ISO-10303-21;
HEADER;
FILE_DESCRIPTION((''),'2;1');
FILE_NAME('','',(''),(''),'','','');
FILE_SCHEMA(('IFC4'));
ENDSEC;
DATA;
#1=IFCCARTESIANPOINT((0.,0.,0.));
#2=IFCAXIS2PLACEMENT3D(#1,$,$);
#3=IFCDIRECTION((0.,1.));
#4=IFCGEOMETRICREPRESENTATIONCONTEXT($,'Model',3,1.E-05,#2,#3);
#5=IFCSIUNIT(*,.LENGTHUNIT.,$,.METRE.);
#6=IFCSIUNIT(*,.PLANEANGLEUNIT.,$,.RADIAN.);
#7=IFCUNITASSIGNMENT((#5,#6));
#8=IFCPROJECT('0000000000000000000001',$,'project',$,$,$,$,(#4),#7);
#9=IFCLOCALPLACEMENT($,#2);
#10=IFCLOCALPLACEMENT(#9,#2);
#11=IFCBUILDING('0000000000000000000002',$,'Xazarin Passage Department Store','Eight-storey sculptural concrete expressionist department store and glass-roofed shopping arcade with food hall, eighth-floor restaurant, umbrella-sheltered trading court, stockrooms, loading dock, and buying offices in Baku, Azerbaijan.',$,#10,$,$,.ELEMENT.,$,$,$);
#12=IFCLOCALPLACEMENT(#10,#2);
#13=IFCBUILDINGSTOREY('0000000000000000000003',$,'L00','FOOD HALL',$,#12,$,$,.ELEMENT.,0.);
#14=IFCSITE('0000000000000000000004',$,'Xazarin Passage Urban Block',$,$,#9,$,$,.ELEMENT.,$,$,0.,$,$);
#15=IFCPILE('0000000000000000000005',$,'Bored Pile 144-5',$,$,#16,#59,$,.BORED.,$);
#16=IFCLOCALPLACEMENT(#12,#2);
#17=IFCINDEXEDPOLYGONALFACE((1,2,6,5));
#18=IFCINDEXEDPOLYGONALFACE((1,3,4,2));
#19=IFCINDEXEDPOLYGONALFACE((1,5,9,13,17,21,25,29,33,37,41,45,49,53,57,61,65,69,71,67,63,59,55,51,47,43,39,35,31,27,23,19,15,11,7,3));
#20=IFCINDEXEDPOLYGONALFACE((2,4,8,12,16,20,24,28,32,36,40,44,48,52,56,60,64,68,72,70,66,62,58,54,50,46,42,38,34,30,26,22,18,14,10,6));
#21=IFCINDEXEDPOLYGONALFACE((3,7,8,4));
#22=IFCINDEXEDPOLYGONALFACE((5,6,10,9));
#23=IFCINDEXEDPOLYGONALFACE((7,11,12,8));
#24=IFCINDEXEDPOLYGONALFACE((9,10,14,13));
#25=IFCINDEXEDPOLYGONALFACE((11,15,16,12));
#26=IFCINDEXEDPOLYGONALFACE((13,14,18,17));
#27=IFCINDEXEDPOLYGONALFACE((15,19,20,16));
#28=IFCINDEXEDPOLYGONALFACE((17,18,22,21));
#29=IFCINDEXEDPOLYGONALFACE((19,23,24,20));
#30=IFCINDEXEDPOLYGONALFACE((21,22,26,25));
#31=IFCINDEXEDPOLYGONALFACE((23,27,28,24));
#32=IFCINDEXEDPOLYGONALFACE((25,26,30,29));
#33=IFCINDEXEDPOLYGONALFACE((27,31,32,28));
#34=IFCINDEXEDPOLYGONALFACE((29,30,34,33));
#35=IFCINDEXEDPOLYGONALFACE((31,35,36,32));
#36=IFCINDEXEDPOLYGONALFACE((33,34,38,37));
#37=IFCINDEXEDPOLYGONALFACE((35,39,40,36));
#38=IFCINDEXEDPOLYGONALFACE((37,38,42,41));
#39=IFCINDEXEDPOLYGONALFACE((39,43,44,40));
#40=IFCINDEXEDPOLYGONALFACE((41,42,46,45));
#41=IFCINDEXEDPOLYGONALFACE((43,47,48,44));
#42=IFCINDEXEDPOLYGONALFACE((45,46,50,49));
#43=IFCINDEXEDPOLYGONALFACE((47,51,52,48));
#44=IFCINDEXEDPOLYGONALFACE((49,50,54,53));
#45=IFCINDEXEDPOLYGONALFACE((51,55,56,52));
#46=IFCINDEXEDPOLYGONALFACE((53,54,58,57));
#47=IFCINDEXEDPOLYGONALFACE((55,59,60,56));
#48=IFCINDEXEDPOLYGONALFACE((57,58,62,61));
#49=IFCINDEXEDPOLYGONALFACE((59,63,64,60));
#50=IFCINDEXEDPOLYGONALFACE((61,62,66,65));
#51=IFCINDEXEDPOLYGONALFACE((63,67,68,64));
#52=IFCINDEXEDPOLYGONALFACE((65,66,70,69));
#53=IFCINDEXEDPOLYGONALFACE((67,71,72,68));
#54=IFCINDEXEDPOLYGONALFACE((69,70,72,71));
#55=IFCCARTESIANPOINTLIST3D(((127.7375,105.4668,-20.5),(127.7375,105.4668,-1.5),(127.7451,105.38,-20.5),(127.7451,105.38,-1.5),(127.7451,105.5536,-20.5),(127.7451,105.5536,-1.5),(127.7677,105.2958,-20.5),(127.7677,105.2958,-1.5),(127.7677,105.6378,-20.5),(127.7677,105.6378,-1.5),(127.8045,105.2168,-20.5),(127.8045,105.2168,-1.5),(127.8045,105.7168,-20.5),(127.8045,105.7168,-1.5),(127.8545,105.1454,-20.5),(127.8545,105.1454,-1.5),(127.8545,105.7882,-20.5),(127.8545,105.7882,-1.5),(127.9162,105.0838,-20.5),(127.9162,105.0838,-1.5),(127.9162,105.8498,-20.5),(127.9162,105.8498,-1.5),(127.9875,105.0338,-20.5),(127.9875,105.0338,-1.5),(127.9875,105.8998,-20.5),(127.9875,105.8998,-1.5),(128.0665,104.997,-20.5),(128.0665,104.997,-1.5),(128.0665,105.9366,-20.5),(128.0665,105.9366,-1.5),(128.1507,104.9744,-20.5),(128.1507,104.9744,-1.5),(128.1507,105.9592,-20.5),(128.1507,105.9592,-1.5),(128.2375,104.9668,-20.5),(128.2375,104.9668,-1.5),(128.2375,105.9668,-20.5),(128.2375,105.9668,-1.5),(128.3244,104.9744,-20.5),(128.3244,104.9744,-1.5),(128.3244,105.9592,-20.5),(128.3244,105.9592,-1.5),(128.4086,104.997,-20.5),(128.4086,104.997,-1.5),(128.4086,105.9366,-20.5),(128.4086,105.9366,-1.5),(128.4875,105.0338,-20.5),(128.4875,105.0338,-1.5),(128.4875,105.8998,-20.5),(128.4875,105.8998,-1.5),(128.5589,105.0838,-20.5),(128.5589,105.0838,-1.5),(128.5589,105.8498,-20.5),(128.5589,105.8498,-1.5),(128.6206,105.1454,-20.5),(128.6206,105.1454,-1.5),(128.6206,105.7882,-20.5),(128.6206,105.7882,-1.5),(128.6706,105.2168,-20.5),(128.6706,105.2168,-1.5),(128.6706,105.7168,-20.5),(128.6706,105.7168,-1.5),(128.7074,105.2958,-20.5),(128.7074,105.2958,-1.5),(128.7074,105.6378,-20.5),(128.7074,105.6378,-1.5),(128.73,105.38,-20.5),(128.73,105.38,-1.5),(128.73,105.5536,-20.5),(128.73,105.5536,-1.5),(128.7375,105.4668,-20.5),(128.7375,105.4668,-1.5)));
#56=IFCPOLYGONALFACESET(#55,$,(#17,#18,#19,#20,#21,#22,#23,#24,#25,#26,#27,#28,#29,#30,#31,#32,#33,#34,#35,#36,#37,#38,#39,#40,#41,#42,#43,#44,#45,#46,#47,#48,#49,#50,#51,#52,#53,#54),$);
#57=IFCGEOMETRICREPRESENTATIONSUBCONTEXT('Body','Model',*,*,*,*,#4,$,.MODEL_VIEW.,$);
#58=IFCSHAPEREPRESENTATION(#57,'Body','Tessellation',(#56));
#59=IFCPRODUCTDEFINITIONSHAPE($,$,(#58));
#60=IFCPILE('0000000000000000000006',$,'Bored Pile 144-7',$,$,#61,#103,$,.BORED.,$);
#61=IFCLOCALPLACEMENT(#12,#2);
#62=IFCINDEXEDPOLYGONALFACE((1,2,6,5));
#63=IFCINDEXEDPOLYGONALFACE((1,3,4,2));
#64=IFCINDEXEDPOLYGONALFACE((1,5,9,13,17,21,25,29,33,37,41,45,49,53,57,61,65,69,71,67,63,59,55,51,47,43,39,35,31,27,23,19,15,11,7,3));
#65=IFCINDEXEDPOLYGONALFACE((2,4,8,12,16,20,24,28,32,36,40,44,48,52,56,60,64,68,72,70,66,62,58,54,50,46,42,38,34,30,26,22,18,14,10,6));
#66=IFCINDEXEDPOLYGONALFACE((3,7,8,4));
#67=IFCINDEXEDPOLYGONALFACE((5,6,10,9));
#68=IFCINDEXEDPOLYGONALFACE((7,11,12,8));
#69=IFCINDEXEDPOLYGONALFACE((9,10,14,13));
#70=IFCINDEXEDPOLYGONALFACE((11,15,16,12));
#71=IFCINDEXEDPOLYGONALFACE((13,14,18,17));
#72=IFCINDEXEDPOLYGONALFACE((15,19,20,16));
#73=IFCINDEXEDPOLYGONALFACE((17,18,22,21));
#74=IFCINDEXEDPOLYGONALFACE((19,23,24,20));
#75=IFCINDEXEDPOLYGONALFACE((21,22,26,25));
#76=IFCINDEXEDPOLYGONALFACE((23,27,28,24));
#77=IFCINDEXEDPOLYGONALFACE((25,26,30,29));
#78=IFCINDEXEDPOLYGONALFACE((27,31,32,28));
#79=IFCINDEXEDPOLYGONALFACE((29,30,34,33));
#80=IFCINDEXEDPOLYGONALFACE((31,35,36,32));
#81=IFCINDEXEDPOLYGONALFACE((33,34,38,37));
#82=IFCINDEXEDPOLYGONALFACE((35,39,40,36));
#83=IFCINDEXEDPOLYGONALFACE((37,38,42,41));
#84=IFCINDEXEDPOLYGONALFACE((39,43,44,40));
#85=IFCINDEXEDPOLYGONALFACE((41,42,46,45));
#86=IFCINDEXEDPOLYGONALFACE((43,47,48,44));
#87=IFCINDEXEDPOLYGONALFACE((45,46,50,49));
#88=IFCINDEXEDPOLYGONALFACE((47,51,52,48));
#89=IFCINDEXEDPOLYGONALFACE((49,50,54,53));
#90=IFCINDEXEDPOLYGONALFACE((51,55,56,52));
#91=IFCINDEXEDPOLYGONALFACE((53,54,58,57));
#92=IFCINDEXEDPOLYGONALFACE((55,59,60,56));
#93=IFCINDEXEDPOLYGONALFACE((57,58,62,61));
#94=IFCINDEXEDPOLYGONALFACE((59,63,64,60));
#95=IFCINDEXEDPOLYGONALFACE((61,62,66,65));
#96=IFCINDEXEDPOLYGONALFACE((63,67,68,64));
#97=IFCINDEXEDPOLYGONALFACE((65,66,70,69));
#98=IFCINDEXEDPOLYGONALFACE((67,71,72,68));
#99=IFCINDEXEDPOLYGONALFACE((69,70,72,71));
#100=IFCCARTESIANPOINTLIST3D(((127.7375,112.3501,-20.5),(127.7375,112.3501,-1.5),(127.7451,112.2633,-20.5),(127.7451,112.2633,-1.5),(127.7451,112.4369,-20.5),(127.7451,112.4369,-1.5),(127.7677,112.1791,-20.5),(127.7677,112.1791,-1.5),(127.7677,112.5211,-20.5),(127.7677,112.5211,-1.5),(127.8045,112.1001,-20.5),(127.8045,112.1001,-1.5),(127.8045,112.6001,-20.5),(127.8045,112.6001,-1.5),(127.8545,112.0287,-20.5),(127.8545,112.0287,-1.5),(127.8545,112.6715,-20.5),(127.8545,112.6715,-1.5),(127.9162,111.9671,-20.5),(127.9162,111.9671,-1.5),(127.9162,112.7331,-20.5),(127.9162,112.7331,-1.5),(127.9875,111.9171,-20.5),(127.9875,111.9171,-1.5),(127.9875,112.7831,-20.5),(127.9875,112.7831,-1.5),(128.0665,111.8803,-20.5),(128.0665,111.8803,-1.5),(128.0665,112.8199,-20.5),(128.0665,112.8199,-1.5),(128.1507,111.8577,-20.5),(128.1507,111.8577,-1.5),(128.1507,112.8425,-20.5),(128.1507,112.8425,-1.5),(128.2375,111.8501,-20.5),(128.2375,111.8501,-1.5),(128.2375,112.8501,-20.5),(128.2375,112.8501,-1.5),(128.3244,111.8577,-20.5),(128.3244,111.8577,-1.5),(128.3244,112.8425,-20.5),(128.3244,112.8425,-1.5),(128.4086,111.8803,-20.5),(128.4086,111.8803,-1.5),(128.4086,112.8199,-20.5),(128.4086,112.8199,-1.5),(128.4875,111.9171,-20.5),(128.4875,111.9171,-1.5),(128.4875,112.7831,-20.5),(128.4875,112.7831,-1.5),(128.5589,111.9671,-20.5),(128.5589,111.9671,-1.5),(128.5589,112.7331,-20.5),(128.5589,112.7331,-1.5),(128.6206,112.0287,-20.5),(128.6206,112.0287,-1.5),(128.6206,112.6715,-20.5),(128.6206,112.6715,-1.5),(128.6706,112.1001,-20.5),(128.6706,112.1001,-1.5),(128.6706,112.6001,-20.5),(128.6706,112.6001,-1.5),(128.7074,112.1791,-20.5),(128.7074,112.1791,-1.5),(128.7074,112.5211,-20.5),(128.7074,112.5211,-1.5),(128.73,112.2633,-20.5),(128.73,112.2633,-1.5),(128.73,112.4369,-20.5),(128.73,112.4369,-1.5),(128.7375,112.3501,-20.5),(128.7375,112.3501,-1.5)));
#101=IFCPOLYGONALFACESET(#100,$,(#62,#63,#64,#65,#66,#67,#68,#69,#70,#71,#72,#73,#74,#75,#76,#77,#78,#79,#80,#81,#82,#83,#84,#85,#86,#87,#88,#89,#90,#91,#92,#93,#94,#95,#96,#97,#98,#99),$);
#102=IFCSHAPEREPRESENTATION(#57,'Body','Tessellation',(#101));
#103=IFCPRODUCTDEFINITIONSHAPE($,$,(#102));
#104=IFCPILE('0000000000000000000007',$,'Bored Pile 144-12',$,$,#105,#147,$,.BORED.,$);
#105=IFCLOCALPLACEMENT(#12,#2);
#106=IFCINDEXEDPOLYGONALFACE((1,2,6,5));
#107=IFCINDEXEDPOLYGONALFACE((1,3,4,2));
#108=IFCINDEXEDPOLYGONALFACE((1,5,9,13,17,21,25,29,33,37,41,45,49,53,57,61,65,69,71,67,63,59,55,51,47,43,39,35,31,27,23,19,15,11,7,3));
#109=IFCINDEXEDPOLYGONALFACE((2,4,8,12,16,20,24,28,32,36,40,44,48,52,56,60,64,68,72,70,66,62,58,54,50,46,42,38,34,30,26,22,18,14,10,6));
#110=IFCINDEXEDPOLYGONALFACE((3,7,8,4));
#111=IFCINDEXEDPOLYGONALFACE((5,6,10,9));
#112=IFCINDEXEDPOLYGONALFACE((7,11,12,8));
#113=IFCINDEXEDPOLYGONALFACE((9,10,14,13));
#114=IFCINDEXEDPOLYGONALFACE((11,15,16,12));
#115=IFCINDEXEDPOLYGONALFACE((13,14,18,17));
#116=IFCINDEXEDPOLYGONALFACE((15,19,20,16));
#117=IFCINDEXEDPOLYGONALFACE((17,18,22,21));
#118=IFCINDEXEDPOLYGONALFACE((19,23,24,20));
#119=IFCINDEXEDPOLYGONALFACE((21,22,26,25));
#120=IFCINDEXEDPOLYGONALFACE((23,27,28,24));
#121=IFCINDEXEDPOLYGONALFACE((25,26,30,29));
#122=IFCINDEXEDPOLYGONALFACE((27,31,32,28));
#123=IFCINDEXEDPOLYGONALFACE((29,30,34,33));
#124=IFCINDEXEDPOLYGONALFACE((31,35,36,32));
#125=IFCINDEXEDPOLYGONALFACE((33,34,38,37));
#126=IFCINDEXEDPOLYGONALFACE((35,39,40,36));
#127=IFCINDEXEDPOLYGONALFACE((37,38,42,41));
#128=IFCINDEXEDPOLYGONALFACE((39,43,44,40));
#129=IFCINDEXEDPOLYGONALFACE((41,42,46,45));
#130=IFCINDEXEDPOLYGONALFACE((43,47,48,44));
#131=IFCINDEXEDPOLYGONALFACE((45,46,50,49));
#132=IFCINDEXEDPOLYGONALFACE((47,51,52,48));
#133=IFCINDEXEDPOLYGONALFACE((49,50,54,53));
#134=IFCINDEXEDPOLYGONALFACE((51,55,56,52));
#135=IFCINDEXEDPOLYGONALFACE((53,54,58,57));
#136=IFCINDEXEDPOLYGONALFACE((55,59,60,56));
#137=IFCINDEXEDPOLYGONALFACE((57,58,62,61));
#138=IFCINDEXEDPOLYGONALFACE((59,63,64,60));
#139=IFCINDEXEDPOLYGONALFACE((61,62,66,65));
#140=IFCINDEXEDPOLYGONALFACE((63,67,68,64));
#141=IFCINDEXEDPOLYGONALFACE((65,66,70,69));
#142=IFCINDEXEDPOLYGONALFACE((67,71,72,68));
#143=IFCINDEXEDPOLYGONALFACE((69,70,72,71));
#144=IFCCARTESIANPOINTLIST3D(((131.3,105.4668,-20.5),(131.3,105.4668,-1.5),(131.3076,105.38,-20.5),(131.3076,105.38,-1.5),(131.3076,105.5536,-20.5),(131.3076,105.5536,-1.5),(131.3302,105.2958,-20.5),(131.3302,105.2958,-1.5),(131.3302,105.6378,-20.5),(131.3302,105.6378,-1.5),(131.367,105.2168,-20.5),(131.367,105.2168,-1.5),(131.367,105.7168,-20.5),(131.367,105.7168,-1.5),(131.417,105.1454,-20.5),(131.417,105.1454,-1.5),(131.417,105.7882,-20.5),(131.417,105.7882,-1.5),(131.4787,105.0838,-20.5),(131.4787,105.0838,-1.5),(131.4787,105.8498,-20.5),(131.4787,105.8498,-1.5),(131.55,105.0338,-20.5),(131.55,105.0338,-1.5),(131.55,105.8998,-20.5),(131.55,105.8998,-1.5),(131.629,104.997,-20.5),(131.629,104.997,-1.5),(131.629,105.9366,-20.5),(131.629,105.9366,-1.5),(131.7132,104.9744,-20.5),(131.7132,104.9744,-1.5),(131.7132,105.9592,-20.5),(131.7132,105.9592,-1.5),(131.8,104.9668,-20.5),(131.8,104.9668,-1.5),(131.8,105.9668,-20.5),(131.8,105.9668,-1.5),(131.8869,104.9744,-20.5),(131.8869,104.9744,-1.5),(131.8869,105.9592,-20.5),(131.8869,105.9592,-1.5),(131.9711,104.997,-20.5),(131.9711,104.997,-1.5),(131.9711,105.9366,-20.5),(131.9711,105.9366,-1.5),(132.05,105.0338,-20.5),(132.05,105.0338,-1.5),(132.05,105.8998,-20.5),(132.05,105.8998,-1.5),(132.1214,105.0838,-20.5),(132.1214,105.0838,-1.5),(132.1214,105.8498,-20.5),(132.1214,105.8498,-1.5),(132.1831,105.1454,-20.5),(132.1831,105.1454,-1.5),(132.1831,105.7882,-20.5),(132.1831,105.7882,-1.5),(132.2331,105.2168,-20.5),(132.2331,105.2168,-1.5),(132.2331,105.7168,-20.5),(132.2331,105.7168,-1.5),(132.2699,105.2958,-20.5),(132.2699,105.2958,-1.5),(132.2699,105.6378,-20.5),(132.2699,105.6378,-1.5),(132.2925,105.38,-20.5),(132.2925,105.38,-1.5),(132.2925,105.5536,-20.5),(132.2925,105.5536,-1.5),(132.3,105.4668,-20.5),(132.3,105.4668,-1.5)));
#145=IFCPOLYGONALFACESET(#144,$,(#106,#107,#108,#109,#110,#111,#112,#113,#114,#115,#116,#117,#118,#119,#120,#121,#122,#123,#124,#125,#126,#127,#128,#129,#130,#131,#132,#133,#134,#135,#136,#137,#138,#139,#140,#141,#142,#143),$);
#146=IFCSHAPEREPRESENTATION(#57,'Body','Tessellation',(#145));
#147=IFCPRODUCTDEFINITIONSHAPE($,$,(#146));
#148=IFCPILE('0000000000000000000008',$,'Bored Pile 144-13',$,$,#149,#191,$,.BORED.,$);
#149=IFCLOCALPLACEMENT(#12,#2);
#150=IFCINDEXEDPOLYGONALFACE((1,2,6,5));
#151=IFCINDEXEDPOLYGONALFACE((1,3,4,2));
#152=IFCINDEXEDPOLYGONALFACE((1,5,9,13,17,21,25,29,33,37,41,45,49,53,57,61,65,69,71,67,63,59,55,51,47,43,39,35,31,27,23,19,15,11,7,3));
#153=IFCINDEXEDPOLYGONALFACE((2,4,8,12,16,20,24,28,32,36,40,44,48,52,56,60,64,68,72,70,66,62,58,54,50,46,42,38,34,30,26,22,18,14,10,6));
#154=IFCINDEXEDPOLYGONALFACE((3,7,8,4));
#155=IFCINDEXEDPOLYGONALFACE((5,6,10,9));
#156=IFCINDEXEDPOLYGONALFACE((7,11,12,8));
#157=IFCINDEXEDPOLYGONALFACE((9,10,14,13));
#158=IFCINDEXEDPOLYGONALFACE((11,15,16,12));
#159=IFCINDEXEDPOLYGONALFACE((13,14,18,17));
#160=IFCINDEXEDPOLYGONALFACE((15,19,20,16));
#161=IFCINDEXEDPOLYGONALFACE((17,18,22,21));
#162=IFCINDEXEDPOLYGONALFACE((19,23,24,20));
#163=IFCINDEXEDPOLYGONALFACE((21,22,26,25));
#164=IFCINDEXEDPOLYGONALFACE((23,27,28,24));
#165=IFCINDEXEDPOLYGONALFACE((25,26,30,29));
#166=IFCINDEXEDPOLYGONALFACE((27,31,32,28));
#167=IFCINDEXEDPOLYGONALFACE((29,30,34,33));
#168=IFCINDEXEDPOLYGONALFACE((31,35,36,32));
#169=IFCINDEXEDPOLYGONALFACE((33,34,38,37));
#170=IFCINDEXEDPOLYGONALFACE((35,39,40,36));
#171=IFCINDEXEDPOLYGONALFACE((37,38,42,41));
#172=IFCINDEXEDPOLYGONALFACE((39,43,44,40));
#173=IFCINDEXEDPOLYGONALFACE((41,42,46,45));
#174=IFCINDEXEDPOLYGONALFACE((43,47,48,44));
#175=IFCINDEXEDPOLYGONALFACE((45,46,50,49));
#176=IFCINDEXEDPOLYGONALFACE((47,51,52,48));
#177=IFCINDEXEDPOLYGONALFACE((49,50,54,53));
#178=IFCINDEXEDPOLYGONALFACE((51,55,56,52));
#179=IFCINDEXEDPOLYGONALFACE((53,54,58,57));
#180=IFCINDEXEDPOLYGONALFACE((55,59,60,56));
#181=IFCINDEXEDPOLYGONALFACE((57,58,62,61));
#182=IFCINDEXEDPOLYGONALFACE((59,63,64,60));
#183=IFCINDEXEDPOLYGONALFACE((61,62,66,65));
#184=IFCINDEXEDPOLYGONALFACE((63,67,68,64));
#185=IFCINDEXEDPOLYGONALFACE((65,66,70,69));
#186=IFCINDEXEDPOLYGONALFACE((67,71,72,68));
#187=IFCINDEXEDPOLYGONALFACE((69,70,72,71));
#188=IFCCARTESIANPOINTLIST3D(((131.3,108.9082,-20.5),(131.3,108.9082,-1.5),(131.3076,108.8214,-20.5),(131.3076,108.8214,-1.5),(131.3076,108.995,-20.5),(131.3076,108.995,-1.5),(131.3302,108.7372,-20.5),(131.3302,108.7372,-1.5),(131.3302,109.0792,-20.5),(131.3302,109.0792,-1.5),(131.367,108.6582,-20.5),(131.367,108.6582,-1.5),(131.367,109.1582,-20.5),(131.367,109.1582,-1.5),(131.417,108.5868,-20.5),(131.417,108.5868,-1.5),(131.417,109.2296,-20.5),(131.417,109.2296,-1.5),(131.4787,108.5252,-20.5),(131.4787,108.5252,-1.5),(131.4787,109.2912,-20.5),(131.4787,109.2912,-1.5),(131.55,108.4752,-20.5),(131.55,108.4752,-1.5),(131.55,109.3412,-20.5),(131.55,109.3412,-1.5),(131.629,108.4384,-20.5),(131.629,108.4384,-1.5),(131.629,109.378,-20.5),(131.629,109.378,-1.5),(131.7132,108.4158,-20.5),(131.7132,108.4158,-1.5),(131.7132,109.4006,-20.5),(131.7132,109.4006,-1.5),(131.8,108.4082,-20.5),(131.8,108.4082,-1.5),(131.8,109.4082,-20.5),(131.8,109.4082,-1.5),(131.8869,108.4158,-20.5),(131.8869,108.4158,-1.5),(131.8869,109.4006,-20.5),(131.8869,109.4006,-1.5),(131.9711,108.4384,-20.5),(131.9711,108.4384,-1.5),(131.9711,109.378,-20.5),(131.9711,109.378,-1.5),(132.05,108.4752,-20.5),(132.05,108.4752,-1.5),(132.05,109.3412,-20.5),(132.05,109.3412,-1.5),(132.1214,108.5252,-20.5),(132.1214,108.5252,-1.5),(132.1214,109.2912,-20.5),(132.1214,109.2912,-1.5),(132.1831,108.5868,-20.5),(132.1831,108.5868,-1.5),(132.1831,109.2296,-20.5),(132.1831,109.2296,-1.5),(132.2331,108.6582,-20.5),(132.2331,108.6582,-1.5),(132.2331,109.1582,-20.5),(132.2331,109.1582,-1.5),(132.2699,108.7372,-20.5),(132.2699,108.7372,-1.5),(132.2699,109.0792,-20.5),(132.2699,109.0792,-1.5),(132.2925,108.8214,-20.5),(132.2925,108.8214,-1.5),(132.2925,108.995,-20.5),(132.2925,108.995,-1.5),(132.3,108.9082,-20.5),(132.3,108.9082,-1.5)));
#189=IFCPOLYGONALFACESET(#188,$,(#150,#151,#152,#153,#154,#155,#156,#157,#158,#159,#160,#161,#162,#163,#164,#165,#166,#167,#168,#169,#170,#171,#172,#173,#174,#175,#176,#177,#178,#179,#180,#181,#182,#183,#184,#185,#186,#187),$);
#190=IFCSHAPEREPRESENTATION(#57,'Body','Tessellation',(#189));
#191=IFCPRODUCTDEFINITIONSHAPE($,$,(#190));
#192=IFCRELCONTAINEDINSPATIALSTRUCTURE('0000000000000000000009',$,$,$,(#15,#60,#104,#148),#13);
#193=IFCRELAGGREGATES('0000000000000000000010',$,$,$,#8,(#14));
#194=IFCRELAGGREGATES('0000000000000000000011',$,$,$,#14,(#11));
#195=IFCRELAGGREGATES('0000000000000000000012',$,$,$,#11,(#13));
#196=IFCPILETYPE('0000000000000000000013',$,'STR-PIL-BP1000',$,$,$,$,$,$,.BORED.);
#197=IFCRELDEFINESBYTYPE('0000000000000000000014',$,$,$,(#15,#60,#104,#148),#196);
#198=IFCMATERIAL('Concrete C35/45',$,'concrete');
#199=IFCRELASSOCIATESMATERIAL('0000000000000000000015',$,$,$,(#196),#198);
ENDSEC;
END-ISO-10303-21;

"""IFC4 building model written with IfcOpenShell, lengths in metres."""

from ifc_helpers import new_model, si_unit, direction, frame, origin, origin_2d, place, context, subcontext, project, spatial, circle, extrude, material, material_profile, profile_set, type_object, element, save


model = new_model("IFC4")

# Units and contexts
model_context = context("Model", 3, precision=1e-05, world=origin(), true_north=direction((0.0, 1.0)))
body_context = subcontext(model_context, "Body", "Model", "MODEL_VIEW")
ifc_project = project(units=[si_unit("LENGTHUNIT", "METRE"), si_unit("PLANEANGLEUNIT", "RADIAN")], contexts=[model_context])

# Site, building, storey
site_placement = place(None, origin())
site = spatial("IfcSite", under=ifc_project, at=site_placement, Name="Xazarin Passage Urban Block", CompositionType="ELEMENT", RefElevation=0.0)
building_placement = place(site_placement, origin())
building = spatial("IfcBuilding", under=site, at=building_placement, Name="Xazarin Passage Department Store", Description="Eight-storey sculptural concrete expressionist department store and glass-roofed shopping arcade with food hall, eighth-floor restaurant, umbrella-sheltered trading court, stockrooms, loading dock, and buying offices in Baku, Azerbaijan.", CompositionType="ELEMENT")
storey_placement = place(building_placement, origin())
storey = spatial("IfcBuildingStorey", under=building, at=storey_placement, Name="L00", Description="FOOD HALL", CompositionType="ELEMENT", Elevation=0.0)

# Piles
ifc_material_1 = material(Name="Concrete C35/45", Category="concrete")
ifc_material_profile_1 = material_profile(ifc_material_1, circle(Radius=0.5, at=origin_2d()), Name="BP 1000")
ifc_profile_set_1 = profile_set([ifc_material_profile_1], Name="Concrete C35/45")
pile_type_1 = type_object("IfcPileType", Name="STR-PIL-BP1000", PredefinedType="BORED", material=ifc_profile_set_1)
for number, where, z_axis, x_axis, name in (
    (1, (128.2375, 105.4668, -1.5), (0.0, 0.0, -1.0), (1.0, 0.0, 0.0), "Bored Pile 144-5"),
    (2, (128.2375, 112.3501, -1.5), (0.0, 0.0, -1.0), (1.0, 0.0, 0.0), "Bored Pile 144-7"),
    (3, (131.8, 105.4668, -1.5), (0.0, 0.0, -1.0), (1.0, 0.0, 0.0), "Bored Pile 144-12"),
    (4, (131.8, 108.9082, -1.5), (0.0, 0.0, -1.0), (1.0, 0.0, 0.0), "Bored Pile 144-13"),
):
    element("IfcPile", number, at=place(storey_placement, frame(where, z_axis=z_axis, x_axis=x_axis)), inside=storey, type_object=pile_type_1, Name=name, PredefinedType="BORED", context=body_context, shape_type="SweptSolid", body=[
        extrude(circle(Radius=0.5, at=origin_2d()), origin(), (0.0, 0.0, 1.0), 19.0),
    ])

save(model, "model.ifc")
